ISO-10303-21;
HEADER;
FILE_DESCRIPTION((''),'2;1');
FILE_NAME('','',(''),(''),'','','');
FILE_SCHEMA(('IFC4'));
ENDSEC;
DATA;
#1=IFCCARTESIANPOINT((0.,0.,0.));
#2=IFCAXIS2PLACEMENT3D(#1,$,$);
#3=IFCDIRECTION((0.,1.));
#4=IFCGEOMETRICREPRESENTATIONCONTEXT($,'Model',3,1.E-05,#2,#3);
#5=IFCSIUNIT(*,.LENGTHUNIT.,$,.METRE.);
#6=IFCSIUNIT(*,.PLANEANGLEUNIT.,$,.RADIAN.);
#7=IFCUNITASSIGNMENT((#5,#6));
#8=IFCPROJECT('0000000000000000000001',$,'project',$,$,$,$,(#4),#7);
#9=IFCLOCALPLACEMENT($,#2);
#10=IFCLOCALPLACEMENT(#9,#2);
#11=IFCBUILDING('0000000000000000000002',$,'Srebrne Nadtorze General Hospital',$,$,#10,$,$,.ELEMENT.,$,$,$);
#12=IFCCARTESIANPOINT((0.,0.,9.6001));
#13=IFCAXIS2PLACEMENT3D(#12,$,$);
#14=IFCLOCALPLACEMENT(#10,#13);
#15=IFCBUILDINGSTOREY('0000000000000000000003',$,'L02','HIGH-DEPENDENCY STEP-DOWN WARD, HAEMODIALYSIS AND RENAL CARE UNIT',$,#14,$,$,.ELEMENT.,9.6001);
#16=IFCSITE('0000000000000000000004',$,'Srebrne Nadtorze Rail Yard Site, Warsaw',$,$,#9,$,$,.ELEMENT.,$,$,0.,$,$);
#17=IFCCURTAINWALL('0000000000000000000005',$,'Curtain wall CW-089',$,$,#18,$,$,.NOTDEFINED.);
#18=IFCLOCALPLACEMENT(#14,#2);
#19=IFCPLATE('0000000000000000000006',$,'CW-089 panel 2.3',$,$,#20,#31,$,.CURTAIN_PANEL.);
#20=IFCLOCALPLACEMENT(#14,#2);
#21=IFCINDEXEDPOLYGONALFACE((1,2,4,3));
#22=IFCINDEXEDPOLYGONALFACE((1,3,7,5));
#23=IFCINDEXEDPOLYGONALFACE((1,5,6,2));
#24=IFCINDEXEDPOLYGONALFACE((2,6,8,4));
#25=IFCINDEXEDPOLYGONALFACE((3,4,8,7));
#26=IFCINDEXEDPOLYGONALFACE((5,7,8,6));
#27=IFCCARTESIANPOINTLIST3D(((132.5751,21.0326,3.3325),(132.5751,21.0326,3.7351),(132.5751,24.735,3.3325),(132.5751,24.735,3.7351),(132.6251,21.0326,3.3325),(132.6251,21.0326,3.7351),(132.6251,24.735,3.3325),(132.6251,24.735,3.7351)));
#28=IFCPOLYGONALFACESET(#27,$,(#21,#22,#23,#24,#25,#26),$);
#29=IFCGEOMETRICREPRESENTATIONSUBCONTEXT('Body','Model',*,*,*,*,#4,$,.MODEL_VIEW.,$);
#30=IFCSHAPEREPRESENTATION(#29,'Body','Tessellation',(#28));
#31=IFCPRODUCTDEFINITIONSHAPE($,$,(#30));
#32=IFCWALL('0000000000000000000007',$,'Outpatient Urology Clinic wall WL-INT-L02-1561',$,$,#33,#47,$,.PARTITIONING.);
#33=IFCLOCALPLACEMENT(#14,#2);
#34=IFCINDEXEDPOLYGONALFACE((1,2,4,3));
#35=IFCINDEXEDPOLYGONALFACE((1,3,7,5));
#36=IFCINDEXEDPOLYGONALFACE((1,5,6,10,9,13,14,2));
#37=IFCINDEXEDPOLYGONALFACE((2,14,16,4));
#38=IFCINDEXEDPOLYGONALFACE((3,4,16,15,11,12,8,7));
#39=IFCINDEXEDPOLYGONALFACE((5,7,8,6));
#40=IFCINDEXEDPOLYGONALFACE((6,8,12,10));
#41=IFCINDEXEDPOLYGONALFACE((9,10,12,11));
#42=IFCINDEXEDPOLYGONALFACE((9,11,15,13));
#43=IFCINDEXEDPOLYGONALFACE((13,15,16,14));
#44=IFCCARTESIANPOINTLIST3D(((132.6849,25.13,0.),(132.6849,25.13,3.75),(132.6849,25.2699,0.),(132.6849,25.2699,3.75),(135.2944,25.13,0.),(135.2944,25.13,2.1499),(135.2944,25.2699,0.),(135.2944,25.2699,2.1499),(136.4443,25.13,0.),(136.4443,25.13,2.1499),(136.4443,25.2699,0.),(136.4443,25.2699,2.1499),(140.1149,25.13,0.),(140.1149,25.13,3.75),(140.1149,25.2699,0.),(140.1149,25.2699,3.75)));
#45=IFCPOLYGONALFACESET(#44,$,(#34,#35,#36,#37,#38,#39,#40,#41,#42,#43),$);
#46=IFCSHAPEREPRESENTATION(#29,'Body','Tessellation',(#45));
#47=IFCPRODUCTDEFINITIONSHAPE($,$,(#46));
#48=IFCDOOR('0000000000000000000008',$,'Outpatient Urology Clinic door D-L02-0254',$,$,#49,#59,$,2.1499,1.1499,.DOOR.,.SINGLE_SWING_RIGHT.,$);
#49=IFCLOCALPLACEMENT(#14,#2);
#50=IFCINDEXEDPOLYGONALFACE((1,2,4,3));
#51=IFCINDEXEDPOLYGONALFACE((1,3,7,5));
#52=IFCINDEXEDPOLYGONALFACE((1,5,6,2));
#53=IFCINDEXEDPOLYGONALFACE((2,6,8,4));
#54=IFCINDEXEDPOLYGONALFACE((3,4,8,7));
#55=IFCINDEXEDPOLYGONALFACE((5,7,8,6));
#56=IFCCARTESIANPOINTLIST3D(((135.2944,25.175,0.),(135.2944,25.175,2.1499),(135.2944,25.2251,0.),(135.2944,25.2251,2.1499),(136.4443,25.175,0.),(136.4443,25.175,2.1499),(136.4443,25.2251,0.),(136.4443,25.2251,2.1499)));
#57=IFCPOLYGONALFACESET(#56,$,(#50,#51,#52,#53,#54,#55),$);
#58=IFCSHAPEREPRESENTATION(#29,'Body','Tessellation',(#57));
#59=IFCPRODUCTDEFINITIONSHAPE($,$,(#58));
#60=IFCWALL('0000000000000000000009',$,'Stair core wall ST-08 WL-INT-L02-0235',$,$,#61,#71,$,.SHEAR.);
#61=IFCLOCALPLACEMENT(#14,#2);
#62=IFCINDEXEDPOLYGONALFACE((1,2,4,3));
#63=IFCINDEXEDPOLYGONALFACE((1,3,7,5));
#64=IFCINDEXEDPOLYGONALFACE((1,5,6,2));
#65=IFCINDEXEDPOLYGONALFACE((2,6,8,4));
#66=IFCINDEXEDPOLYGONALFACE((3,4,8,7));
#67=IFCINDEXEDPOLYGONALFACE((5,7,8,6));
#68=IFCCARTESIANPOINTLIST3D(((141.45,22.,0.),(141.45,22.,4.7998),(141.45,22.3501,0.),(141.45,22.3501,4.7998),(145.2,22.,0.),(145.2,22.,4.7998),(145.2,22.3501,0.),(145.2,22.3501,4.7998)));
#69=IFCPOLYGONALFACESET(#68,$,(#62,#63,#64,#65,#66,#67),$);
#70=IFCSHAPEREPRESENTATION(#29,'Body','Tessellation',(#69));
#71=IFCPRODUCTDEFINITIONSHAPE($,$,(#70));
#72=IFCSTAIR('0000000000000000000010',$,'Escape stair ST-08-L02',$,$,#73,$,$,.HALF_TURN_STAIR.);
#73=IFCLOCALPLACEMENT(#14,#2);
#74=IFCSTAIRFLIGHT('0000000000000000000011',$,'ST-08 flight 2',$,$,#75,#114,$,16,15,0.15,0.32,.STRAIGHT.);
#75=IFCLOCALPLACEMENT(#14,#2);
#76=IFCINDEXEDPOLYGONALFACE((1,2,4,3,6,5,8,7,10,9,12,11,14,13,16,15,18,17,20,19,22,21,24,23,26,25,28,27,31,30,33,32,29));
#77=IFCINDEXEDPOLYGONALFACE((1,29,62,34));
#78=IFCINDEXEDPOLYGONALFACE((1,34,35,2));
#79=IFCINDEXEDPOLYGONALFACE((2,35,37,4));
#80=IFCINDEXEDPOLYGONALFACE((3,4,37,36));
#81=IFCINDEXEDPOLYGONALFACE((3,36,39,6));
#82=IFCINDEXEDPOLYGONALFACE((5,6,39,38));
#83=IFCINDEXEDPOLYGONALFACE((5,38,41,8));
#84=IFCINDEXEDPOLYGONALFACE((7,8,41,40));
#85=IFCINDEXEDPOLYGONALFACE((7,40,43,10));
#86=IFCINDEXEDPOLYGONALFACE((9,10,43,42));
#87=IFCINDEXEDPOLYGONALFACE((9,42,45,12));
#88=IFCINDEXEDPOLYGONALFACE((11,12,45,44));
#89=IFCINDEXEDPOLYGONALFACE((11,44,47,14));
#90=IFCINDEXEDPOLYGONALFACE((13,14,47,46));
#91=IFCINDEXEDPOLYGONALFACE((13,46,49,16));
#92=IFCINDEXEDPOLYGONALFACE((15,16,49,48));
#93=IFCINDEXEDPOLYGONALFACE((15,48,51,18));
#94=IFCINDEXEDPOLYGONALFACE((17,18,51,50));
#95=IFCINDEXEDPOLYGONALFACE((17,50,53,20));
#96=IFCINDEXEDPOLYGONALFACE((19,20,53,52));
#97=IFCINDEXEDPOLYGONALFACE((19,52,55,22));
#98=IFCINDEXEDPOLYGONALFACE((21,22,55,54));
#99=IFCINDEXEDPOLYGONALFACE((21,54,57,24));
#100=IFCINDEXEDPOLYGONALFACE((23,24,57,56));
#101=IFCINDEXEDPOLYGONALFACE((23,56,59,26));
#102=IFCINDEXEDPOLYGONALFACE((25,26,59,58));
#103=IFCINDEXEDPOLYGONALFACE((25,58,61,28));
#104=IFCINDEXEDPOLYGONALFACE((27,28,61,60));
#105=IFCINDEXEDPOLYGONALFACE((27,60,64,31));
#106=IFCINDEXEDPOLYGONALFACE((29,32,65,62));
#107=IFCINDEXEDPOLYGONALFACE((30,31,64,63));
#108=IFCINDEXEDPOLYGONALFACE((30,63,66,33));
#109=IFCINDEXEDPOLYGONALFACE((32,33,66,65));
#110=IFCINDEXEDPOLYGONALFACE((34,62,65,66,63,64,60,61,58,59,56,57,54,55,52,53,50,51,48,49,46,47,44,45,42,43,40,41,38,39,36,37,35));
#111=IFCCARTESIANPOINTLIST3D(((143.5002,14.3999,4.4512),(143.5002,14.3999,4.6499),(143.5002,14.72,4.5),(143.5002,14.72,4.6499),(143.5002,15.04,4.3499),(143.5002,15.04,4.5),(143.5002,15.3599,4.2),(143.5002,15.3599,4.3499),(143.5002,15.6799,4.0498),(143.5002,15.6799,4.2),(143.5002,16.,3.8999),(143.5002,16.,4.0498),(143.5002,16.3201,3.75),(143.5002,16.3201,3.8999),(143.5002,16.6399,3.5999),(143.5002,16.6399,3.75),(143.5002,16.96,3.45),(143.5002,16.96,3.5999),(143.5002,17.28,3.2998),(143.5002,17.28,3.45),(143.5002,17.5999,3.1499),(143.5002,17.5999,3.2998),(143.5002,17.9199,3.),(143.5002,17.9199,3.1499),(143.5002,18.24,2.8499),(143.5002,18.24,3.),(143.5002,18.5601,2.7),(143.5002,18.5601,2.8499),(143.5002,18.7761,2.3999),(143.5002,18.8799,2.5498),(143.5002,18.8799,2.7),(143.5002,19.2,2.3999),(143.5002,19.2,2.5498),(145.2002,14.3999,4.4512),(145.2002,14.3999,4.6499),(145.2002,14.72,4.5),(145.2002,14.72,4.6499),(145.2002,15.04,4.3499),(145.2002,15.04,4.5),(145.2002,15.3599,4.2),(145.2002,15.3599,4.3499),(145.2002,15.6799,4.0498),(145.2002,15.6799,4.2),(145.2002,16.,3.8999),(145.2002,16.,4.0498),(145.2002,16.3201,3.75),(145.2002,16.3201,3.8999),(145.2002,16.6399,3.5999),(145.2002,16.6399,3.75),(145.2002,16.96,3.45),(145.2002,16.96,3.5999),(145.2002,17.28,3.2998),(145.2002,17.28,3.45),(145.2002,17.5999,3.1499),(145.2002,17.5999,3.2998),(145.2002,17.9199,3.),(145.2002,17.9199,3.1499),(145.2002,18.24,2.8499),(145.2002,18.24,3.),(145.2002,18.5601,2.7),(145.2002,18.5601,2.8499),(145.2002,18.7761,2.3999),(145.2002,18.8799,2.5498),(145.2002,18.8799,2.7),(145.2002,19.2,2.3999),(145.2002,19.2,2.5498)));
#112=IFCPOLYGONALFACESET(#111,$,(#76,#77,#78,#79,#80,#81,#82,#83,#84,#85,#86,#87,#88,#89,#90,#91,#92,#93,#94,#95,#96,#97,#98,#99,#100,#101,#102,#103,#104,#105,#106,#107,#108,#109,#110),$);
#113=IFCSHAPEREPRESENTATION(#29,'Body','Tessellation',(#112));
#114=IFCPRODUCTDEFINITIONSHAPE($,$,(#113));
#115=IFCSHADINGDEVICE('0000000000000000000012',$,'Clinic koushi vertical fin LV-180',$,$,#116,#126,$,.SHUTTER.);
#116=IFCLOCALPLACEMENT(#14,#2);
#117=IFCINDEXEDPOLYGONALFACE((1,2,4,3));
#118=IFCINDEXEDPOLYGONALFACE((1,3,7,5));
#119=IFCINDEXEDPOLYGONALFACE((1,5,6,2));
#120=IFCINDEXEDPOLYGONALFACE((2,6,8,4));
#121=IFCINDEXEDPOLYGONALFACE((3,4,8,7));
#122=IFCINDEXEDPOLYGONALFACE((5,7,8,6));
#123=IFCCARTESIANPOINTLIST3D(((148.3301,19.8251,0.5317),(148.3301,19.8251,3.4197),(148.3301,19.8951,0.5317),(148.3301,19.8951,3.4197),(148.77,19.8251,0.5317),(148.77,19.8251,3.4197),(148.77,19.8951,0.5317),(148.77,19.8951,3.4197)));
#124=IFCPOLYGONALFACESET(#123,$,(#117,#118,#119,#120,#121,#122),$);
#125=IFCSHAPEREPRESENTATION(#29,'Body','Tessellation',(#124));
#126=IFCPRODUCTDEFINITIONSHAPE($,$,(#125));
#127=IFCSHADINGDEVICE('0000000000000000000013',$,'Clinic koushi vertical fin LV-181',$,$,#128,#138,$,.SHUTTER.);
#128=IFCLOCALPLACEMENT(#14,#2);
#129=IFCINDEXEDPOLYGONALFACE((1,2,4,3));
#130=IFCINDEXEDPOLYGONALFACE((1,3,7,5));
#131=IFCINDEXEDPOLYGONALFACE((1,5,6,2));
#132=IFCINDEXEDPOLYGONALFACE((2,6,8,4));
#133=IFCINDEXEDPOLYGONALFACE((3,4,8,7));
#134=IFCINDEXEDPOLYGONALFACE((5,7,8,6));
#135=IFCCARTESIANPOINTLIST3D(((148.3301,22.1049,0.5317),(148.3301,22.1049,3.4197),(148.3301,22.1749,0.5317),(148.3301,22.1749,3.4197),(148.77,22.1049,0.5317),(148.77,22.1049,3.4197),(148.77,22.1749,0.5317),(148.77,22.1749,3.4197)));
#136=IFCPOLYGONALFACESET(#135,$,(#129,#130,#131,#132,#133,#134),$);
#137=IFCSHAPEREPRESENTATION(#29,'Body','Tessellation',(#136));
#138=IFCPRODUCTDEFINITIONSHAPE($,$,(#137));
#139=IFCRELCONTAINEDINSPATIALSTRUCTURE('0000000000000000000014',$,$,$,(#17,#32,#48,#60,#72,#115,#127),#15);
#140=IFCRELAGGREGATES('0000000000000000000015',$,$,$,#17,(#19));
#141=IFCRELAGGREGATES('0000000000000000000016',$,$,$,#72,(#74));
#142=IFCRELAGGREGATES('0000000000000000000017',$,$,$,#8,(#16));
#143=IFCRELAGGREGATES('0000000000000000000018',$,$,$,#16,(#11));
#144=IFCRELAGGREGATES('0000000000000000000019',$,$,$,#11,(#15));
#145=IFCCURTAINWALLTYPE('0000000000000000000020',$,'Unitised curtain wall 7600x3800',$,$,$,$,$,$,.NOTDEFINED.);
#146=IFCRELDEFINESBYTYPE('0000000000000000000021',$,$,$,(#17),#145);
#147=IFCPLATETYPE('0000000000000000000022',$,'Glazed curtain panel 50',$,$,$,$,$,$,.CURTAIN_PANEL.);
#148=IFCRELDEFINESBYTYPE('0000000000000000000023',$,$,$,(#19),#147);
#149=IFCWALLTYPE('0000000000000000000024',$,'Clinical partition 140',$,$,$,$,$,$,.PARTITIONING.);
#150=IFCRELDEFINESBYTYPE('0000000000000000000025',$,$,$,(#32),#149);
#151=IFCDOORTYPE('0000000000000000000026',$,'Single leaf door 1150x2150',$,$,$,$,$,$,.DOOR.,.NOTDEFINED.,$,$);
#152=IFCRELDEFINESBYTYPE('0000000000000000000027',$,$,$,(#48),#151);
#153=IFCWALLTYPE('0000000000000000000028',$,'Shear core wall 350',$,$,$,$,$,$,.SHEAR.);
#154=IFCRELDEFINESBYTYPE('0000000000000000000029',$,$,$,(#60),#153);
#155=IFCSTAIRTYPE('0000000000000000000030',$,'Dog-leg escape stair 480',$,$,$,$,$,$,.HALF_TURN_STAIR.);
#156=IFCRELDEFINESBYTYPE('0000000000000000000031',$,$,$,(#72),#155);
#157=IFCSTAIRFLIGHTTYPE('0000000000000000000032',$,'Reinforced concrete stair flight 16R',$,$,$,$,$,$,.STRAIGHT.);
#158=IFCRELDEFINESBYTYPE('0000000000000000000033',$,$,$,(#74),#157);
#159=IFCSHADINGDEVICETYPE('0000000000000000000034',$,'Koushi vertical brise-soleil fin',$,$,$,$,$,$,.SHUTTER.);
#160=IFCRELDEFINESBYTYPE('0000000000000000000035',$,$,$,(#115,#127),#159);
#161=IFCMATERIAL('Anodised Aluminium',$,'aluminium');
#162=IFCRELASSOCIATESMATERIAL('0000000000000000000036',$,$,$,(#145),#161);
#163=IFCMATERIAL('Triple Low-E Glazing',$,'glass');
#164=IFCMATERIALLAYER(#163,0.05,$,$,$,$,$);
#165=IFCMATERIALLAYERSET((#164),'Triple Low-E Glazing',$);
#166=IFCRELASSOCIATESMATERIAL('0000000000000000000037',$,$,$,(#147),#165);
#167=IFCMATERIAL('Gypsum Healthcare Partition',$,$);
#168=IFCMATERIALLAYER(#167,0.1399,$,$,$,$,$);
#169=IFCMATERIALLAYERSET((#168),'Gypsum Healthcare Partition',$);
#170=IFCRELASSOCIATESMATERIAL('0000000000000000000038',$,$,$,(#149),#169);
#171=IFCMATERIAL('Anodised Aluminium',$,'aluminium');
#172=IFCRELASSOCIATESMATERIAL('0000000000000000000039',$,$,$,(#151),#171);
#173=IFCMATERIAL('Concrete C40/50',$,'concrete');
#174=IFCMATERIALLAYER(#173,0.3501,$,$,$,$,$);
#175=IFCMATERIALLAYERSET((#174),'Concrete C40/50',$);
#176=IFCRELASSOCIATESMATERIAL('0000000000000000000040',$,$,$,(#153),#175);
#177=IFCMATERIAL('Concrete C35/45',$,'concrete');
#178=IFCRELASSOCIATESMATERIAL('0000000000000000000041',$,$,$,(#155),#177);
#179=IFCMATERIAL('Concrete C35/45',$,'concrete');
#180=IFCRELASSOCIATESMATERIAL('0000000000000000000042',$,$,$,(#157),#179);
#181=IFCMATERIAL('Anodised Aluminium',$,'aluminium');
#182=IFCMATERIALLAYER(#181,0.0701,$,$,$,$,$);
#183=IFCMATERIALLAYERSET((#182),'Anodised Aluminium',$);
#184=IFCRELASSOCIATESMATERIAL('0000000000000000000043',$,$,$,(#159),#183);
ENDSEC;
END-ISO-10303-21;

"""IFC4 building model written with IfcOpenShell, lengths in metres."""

from ifc_helpers import new_model, si_unit, direction, frame, frame_2d, origin, origin_2d, place, context, subcontext, project, spatial, polyline, rectangle, outline, extrude, material, layer, layer_set, type_object, element, fill, aggregate, save


model = new_model("IFC4")

# Units and contexts
model_context = context("Model", 3, precision=1e-05, world=origin(), true_north=direction((0.0, 1.0)))
body_context = subcontext(model_context, "Body", "Model", "MODEL_VIEW")
ifc_project = project(units=[si_unit("LENGTHUNIT", "METRE"), si_unit("PLANEANGLEUNIT", "RADIAN")], contexts=[model_context])

# Site, building, storey
site_placement = place(None, origin())
site = spatial("IfcSite", under=ifc_project, at=site_placement, Name="Srebrne Nadtorze Rail Yard Site, Warsaw", CompositionType="ELEMENT", RefElevation=0.0)
building_placement = place(site_placement, origin())
building = spatial("IfcBuilding", under=site, at=building_placement, Name="Srebrne Nadtorze General Hospital", CompositionType="ELEMENT")
storey_placement = place(building_placement, frame((0.0, 0.0, 9.6001)))
storey = spatial("IfcBuildingStorey", under=building, at=storey_placement, Name="L02", Description="HIGH-DEPENDENCY STEP-DOWN WARD, HAEMODIALYSIS AND RENAL CARE UNIT", CompositionType="ELEMENT", Elevation=9.6001)

# Curtain wall
ifc_material_1 = material(Name="Anodised Aluminium", Category="aluminium")
curtain_wall_type = type_object("IfcCurtainWallType", Name="Unitised curtain wall 7600x3800", PredefinedType="NOTDEFINED", material=ifc_material_1)
curtain_wall_placement = place(storey_placement, origin())
curtain_wall = element("IfcCurtainWall", 1, at=curtain_wall_placement, inside=storey, type_object=curtain_wall_type, Name="Curtain wall CW-089", PredefinedType="NOTDEFINED")

# Plate
ifc_material_2 = material(Name="Triple Low-E Glazing", Category="glass")
ifc_layer_1 = layer(ifc_material_2, 0.05)
ifc_layer_set_1 = layer_set([ifc_layer_1], Name="Triple Low-E Glazing")
plate_type = type_object("IfcPlateType", Name="Glazed curtain panel 50", PredefinedType="CURTAIN_PANEL", material=ifc_layer_set_1)
plate_1_placement = place(storey_placement, frame((132.6001, 22.8838, 3.3325), z_axis=(0.0, 0.0, 1.0), x_axis=(0.0, 1.0, 0.0)))
plate_1 = element("IfcPlate", 2, at=plate_1_placement, type_object=plate_type, Name="CW-089 panel 2.3", PredefinedType="CURTAIN_PANEL", context=body_context, shape_type="SweptSolid", body=[
    extrude(rectangle(XDim=3.7024, YDim=0.05, at=origin_2d()), origin(), (0.0, 0.0, 1.0), 0.4026),
])
aggregate(curtain_wall, [plate_1])

# Wall, opening, door
ifc_material_3 = material(Name="Gypsum Healthcare Partition")
ifc_layer_2 = layer(ifc_material_3, 0.1399)
ifc_layer_set_2 = layer_set([ifc_layer_2], Name="Gypsum Healthcare Partition")
wall_type_1 = type_object("IfcWallType", Name="Clinical partition 140", PredefinedType="PARTITIONING", material=ifc_layer_set_2)
wall_1_placement = place(storey_placement, frame((132.6851, 25.2, 0.0), z_axis=(0.0, 0.0, 1.0), x_axis=(1.0, 0.0, 0.0)))
wall_1 = element("IfcWall", 3, at=wall_1_placement, inside=storey, type_object=wall_type_1, Name="Outpatient Urology Clinic wall WL-INT-L02-1561", PredefinedType="PARTITIONING", context=body_context, shape_type="SweptSolid", body=[
    extrude(rectangle(XDim=7.4299, YDim=0.1399, at=frame_2d((3.7148, 0.0))), origin(), (0.0, 0.0, 1.0), 3.75),
])
opening_placement = place(wall_1_placement, frame((2.6094, 0.0, 0.0)))
opening = element("IfcOpeningElement", 4, at=opening_placement, cuts=wall_1, PredefinedType="OPENING", context=body_context, shape_type="SweptSolid", body=[
    extrude(rectangle(XDim=1.1499, YDim=2.1499, at=frame_2d((0.575, 1.075))), frame((0.0, 0.082, 0.0), z_axis=(0.0, -1.0, 0.0), x_axis=(1.0, 0.0, 0.0)), (0.0, 0.0, 1.0), 0.1638),
])
ifc_material_4 = material(Name="Anodised Aluminium", Category="aluminium")
door_type = type_object("IfcDoorType", Name="Single leaf door 1150x2150", OperationType="NOTDEFINED", PredefinedType="DOOR", material=ifc_material_4)
door_placement = place(opening_placement, frame((1.1499, 0.0, 0.0), z_axis=(0.0, 0.0, 1.0), x_axis=(-1.0, 0.0, 0.0)))
door = element("IfcDoor", 5, at=door_placement, inside=storey, type_object=door_type, Name="Outpatient Urology Clinic door D-L02-0254", OperationType="SINGLE_SWING_RIGHT", OverallHeight=2.1499, OverallWidth=1.1499, PredefinedType="DOOR", context=body_context, shape_type="SweptSolid", body=[
    extrude(rectangle(XDim=1.1499, YDim=2.1499, at=frame_2d((0.575, 1.075))), frame((0.0, 0.0249, 0.0), z_axis=(0.0, -1.0, 0.0), x_axis=(1.0, 0.0, 0.0)), (0.0, 0.0, 1.0), 0.05),
])
fill(opening, door)

# Wall
ifc_material_5 = material(Name="Concrete C40/50", Category="concrete")
ifc_layer_3 = layer(ifc_material_5, 0.3501)
ifc_layer_set_3 = layer_set([ifc_layer_3], Name="Concrete C40/50")
wall_type_2 = type_object("IfcWallType", Name="Shear core wall 350", PredefinedType="SHEAR", material=ifc_layer_set_3)
wall_2_placement = place(storey_placement, frame((141.45, 22.175, 0.0), z_axis=(0.0, 0.0, 1.0), x_axis=(1.0, 0.0, 0.0)))
element("IfcWall", 6, at=wall_2_placement, inside=storey, type_object=wall_type_2, Name="Stair core wall ST-08 WL-INT-L02-0235", PredefinedType="SHEAR", context=body_context, shape_type="SweptSolid", body=[
    extrude(rectangle(XDim=3.75, YDim=0.3501, at=frame_2d((1.875, 0.0))), origin(), (0.0, 0.0, 1.0), 4.7998),
])

# Stair, stair flight
ifc_material_6 = material(Name="Concrete C35/45", Category="concrete")
stair_type = type_object("IfcStairType", Name="Dog-leg escape stair 480", PredefinedType="HALF_TURN_STAIR", material=ifc_material_6)
stair_placement = place(storey_placement, origin())
stair = element("IfcStair", 7, at=stair_placement, inside=storey, type_object=stair_type, Name="Escape stair ST-08-L02", PredefinedType="HALF_TURN_STAIR")
ifc_material_7 = material(Name="Concrete C35/45", Category="concrete")
stair_flight_type = type_object("IfcStairFlightType", Name="Reinforced concrete stair flight 16R", PredefinedType="STRAIGHT", material=ifc_material_7)
stair_flight_placement = place(storey_placement, frame((144.3501, 19.2, 2.3999), z_axis=(0.0, 0.0, 1.0), x_axis=(0.0, -1.0, 0.0)))
stair_flight = element("IfcStairFlight", 8, at=stair_flight_placement, type_object=stair_flight_type, Name="ST-08 flight 2", NumberOfRisers=16, NumberOfTreads=15, PredefinedType="STRAIGHT", RiserHeight=0.15, TreadLength=0.32, context=body_context, shape_type="SweptSolid", body=[
    extrude(outline(polyline([(0.0, 0.0), (0.0, 0.1499), (0.3201, 0.1499), (0.3201, 0.3), (0.6399, 0.3), (0.6399, 0.45), (0.96, 0.45), (0.96, 0.6001), (1.28, 0.6001), (1.28, 0.75), (1.6001, 0.75), (1.6001, 0.8999), (1.9199, 0.8999), (1.9199, 1.05), (2.24, 1.05), (2.24, 1.2), (2.5601, 1.2), (2.5601, 1.3501), (2.8799, 1.3501), (2.8799, 1.5), (3.2, 1.5), (3.2, 1.6499), (3.52, 1.6499), (3.52, 1.8), (3.8401, 1.8), (3.8401, 1.95), (4.1599, 1.95), (4.1599, 2.1001), (4.48, 2.1001), (4.48, 2.25), (4.8, 2.25), (4.8, 2.3999), (4.8, 2.0513), (0.4238, 0.0), (0.0, 0.0)])), frame((0.0, 0.8501, 0.0), z_axis=(0.0, -1.0, 0.0), x_axis=(1.0, 0.0, 0.0)), (0.0, 0.0, 1.0), 1.7),
])
aggregate(stair, [stair_flight])

# Shading devices
ifc_material_8 = material(Name="Anodised Aluminium", Category="aluminium")
ifc_layer_4 = layer(ifc_material_8, 0.0701)
ifc_layer_set_4 = layer_set([ifc_layer_4], Name="Anodised Aluminium")
shading_device_type = type_object("IfcShadingDeviceType", Name="Koushi vertical brise-soleil fin", PredefinedType="SHUTTER", material=ifc_layer_set_4)
for number, where, z_axis, x_axis, name in (
    (9, (148.55, 19.8601, 0.5317), (0.0, 0.0, 1.0), (1.0, 0.0, 0.0), "Clinic koushi vertical fin LV-180"),
    (10, (148.55, 22.1399, 0.5317), (0.0, 0.0, 1.0), (1.0, 0.0, 0.0), "Clinic koushi vertical fin LV-181"),
):
    element("IfcShadingDevice", number, at=place(storey_placement, frame(where, z_axis=z_axis, x_axis=x_axis)), inside=storey, type_object=shading_device_type, Name=name, PredefinedType="SHUTTER", context=body_context, shape_type="SweptSolid", body=[
        extrude(rectangle(XDim=0.4399, YDim=0.0701, at=origin_2d()), origin(), (0.0, 0.0, 1.0), 2.8879),
    ])

save(model, "model.ifc")
